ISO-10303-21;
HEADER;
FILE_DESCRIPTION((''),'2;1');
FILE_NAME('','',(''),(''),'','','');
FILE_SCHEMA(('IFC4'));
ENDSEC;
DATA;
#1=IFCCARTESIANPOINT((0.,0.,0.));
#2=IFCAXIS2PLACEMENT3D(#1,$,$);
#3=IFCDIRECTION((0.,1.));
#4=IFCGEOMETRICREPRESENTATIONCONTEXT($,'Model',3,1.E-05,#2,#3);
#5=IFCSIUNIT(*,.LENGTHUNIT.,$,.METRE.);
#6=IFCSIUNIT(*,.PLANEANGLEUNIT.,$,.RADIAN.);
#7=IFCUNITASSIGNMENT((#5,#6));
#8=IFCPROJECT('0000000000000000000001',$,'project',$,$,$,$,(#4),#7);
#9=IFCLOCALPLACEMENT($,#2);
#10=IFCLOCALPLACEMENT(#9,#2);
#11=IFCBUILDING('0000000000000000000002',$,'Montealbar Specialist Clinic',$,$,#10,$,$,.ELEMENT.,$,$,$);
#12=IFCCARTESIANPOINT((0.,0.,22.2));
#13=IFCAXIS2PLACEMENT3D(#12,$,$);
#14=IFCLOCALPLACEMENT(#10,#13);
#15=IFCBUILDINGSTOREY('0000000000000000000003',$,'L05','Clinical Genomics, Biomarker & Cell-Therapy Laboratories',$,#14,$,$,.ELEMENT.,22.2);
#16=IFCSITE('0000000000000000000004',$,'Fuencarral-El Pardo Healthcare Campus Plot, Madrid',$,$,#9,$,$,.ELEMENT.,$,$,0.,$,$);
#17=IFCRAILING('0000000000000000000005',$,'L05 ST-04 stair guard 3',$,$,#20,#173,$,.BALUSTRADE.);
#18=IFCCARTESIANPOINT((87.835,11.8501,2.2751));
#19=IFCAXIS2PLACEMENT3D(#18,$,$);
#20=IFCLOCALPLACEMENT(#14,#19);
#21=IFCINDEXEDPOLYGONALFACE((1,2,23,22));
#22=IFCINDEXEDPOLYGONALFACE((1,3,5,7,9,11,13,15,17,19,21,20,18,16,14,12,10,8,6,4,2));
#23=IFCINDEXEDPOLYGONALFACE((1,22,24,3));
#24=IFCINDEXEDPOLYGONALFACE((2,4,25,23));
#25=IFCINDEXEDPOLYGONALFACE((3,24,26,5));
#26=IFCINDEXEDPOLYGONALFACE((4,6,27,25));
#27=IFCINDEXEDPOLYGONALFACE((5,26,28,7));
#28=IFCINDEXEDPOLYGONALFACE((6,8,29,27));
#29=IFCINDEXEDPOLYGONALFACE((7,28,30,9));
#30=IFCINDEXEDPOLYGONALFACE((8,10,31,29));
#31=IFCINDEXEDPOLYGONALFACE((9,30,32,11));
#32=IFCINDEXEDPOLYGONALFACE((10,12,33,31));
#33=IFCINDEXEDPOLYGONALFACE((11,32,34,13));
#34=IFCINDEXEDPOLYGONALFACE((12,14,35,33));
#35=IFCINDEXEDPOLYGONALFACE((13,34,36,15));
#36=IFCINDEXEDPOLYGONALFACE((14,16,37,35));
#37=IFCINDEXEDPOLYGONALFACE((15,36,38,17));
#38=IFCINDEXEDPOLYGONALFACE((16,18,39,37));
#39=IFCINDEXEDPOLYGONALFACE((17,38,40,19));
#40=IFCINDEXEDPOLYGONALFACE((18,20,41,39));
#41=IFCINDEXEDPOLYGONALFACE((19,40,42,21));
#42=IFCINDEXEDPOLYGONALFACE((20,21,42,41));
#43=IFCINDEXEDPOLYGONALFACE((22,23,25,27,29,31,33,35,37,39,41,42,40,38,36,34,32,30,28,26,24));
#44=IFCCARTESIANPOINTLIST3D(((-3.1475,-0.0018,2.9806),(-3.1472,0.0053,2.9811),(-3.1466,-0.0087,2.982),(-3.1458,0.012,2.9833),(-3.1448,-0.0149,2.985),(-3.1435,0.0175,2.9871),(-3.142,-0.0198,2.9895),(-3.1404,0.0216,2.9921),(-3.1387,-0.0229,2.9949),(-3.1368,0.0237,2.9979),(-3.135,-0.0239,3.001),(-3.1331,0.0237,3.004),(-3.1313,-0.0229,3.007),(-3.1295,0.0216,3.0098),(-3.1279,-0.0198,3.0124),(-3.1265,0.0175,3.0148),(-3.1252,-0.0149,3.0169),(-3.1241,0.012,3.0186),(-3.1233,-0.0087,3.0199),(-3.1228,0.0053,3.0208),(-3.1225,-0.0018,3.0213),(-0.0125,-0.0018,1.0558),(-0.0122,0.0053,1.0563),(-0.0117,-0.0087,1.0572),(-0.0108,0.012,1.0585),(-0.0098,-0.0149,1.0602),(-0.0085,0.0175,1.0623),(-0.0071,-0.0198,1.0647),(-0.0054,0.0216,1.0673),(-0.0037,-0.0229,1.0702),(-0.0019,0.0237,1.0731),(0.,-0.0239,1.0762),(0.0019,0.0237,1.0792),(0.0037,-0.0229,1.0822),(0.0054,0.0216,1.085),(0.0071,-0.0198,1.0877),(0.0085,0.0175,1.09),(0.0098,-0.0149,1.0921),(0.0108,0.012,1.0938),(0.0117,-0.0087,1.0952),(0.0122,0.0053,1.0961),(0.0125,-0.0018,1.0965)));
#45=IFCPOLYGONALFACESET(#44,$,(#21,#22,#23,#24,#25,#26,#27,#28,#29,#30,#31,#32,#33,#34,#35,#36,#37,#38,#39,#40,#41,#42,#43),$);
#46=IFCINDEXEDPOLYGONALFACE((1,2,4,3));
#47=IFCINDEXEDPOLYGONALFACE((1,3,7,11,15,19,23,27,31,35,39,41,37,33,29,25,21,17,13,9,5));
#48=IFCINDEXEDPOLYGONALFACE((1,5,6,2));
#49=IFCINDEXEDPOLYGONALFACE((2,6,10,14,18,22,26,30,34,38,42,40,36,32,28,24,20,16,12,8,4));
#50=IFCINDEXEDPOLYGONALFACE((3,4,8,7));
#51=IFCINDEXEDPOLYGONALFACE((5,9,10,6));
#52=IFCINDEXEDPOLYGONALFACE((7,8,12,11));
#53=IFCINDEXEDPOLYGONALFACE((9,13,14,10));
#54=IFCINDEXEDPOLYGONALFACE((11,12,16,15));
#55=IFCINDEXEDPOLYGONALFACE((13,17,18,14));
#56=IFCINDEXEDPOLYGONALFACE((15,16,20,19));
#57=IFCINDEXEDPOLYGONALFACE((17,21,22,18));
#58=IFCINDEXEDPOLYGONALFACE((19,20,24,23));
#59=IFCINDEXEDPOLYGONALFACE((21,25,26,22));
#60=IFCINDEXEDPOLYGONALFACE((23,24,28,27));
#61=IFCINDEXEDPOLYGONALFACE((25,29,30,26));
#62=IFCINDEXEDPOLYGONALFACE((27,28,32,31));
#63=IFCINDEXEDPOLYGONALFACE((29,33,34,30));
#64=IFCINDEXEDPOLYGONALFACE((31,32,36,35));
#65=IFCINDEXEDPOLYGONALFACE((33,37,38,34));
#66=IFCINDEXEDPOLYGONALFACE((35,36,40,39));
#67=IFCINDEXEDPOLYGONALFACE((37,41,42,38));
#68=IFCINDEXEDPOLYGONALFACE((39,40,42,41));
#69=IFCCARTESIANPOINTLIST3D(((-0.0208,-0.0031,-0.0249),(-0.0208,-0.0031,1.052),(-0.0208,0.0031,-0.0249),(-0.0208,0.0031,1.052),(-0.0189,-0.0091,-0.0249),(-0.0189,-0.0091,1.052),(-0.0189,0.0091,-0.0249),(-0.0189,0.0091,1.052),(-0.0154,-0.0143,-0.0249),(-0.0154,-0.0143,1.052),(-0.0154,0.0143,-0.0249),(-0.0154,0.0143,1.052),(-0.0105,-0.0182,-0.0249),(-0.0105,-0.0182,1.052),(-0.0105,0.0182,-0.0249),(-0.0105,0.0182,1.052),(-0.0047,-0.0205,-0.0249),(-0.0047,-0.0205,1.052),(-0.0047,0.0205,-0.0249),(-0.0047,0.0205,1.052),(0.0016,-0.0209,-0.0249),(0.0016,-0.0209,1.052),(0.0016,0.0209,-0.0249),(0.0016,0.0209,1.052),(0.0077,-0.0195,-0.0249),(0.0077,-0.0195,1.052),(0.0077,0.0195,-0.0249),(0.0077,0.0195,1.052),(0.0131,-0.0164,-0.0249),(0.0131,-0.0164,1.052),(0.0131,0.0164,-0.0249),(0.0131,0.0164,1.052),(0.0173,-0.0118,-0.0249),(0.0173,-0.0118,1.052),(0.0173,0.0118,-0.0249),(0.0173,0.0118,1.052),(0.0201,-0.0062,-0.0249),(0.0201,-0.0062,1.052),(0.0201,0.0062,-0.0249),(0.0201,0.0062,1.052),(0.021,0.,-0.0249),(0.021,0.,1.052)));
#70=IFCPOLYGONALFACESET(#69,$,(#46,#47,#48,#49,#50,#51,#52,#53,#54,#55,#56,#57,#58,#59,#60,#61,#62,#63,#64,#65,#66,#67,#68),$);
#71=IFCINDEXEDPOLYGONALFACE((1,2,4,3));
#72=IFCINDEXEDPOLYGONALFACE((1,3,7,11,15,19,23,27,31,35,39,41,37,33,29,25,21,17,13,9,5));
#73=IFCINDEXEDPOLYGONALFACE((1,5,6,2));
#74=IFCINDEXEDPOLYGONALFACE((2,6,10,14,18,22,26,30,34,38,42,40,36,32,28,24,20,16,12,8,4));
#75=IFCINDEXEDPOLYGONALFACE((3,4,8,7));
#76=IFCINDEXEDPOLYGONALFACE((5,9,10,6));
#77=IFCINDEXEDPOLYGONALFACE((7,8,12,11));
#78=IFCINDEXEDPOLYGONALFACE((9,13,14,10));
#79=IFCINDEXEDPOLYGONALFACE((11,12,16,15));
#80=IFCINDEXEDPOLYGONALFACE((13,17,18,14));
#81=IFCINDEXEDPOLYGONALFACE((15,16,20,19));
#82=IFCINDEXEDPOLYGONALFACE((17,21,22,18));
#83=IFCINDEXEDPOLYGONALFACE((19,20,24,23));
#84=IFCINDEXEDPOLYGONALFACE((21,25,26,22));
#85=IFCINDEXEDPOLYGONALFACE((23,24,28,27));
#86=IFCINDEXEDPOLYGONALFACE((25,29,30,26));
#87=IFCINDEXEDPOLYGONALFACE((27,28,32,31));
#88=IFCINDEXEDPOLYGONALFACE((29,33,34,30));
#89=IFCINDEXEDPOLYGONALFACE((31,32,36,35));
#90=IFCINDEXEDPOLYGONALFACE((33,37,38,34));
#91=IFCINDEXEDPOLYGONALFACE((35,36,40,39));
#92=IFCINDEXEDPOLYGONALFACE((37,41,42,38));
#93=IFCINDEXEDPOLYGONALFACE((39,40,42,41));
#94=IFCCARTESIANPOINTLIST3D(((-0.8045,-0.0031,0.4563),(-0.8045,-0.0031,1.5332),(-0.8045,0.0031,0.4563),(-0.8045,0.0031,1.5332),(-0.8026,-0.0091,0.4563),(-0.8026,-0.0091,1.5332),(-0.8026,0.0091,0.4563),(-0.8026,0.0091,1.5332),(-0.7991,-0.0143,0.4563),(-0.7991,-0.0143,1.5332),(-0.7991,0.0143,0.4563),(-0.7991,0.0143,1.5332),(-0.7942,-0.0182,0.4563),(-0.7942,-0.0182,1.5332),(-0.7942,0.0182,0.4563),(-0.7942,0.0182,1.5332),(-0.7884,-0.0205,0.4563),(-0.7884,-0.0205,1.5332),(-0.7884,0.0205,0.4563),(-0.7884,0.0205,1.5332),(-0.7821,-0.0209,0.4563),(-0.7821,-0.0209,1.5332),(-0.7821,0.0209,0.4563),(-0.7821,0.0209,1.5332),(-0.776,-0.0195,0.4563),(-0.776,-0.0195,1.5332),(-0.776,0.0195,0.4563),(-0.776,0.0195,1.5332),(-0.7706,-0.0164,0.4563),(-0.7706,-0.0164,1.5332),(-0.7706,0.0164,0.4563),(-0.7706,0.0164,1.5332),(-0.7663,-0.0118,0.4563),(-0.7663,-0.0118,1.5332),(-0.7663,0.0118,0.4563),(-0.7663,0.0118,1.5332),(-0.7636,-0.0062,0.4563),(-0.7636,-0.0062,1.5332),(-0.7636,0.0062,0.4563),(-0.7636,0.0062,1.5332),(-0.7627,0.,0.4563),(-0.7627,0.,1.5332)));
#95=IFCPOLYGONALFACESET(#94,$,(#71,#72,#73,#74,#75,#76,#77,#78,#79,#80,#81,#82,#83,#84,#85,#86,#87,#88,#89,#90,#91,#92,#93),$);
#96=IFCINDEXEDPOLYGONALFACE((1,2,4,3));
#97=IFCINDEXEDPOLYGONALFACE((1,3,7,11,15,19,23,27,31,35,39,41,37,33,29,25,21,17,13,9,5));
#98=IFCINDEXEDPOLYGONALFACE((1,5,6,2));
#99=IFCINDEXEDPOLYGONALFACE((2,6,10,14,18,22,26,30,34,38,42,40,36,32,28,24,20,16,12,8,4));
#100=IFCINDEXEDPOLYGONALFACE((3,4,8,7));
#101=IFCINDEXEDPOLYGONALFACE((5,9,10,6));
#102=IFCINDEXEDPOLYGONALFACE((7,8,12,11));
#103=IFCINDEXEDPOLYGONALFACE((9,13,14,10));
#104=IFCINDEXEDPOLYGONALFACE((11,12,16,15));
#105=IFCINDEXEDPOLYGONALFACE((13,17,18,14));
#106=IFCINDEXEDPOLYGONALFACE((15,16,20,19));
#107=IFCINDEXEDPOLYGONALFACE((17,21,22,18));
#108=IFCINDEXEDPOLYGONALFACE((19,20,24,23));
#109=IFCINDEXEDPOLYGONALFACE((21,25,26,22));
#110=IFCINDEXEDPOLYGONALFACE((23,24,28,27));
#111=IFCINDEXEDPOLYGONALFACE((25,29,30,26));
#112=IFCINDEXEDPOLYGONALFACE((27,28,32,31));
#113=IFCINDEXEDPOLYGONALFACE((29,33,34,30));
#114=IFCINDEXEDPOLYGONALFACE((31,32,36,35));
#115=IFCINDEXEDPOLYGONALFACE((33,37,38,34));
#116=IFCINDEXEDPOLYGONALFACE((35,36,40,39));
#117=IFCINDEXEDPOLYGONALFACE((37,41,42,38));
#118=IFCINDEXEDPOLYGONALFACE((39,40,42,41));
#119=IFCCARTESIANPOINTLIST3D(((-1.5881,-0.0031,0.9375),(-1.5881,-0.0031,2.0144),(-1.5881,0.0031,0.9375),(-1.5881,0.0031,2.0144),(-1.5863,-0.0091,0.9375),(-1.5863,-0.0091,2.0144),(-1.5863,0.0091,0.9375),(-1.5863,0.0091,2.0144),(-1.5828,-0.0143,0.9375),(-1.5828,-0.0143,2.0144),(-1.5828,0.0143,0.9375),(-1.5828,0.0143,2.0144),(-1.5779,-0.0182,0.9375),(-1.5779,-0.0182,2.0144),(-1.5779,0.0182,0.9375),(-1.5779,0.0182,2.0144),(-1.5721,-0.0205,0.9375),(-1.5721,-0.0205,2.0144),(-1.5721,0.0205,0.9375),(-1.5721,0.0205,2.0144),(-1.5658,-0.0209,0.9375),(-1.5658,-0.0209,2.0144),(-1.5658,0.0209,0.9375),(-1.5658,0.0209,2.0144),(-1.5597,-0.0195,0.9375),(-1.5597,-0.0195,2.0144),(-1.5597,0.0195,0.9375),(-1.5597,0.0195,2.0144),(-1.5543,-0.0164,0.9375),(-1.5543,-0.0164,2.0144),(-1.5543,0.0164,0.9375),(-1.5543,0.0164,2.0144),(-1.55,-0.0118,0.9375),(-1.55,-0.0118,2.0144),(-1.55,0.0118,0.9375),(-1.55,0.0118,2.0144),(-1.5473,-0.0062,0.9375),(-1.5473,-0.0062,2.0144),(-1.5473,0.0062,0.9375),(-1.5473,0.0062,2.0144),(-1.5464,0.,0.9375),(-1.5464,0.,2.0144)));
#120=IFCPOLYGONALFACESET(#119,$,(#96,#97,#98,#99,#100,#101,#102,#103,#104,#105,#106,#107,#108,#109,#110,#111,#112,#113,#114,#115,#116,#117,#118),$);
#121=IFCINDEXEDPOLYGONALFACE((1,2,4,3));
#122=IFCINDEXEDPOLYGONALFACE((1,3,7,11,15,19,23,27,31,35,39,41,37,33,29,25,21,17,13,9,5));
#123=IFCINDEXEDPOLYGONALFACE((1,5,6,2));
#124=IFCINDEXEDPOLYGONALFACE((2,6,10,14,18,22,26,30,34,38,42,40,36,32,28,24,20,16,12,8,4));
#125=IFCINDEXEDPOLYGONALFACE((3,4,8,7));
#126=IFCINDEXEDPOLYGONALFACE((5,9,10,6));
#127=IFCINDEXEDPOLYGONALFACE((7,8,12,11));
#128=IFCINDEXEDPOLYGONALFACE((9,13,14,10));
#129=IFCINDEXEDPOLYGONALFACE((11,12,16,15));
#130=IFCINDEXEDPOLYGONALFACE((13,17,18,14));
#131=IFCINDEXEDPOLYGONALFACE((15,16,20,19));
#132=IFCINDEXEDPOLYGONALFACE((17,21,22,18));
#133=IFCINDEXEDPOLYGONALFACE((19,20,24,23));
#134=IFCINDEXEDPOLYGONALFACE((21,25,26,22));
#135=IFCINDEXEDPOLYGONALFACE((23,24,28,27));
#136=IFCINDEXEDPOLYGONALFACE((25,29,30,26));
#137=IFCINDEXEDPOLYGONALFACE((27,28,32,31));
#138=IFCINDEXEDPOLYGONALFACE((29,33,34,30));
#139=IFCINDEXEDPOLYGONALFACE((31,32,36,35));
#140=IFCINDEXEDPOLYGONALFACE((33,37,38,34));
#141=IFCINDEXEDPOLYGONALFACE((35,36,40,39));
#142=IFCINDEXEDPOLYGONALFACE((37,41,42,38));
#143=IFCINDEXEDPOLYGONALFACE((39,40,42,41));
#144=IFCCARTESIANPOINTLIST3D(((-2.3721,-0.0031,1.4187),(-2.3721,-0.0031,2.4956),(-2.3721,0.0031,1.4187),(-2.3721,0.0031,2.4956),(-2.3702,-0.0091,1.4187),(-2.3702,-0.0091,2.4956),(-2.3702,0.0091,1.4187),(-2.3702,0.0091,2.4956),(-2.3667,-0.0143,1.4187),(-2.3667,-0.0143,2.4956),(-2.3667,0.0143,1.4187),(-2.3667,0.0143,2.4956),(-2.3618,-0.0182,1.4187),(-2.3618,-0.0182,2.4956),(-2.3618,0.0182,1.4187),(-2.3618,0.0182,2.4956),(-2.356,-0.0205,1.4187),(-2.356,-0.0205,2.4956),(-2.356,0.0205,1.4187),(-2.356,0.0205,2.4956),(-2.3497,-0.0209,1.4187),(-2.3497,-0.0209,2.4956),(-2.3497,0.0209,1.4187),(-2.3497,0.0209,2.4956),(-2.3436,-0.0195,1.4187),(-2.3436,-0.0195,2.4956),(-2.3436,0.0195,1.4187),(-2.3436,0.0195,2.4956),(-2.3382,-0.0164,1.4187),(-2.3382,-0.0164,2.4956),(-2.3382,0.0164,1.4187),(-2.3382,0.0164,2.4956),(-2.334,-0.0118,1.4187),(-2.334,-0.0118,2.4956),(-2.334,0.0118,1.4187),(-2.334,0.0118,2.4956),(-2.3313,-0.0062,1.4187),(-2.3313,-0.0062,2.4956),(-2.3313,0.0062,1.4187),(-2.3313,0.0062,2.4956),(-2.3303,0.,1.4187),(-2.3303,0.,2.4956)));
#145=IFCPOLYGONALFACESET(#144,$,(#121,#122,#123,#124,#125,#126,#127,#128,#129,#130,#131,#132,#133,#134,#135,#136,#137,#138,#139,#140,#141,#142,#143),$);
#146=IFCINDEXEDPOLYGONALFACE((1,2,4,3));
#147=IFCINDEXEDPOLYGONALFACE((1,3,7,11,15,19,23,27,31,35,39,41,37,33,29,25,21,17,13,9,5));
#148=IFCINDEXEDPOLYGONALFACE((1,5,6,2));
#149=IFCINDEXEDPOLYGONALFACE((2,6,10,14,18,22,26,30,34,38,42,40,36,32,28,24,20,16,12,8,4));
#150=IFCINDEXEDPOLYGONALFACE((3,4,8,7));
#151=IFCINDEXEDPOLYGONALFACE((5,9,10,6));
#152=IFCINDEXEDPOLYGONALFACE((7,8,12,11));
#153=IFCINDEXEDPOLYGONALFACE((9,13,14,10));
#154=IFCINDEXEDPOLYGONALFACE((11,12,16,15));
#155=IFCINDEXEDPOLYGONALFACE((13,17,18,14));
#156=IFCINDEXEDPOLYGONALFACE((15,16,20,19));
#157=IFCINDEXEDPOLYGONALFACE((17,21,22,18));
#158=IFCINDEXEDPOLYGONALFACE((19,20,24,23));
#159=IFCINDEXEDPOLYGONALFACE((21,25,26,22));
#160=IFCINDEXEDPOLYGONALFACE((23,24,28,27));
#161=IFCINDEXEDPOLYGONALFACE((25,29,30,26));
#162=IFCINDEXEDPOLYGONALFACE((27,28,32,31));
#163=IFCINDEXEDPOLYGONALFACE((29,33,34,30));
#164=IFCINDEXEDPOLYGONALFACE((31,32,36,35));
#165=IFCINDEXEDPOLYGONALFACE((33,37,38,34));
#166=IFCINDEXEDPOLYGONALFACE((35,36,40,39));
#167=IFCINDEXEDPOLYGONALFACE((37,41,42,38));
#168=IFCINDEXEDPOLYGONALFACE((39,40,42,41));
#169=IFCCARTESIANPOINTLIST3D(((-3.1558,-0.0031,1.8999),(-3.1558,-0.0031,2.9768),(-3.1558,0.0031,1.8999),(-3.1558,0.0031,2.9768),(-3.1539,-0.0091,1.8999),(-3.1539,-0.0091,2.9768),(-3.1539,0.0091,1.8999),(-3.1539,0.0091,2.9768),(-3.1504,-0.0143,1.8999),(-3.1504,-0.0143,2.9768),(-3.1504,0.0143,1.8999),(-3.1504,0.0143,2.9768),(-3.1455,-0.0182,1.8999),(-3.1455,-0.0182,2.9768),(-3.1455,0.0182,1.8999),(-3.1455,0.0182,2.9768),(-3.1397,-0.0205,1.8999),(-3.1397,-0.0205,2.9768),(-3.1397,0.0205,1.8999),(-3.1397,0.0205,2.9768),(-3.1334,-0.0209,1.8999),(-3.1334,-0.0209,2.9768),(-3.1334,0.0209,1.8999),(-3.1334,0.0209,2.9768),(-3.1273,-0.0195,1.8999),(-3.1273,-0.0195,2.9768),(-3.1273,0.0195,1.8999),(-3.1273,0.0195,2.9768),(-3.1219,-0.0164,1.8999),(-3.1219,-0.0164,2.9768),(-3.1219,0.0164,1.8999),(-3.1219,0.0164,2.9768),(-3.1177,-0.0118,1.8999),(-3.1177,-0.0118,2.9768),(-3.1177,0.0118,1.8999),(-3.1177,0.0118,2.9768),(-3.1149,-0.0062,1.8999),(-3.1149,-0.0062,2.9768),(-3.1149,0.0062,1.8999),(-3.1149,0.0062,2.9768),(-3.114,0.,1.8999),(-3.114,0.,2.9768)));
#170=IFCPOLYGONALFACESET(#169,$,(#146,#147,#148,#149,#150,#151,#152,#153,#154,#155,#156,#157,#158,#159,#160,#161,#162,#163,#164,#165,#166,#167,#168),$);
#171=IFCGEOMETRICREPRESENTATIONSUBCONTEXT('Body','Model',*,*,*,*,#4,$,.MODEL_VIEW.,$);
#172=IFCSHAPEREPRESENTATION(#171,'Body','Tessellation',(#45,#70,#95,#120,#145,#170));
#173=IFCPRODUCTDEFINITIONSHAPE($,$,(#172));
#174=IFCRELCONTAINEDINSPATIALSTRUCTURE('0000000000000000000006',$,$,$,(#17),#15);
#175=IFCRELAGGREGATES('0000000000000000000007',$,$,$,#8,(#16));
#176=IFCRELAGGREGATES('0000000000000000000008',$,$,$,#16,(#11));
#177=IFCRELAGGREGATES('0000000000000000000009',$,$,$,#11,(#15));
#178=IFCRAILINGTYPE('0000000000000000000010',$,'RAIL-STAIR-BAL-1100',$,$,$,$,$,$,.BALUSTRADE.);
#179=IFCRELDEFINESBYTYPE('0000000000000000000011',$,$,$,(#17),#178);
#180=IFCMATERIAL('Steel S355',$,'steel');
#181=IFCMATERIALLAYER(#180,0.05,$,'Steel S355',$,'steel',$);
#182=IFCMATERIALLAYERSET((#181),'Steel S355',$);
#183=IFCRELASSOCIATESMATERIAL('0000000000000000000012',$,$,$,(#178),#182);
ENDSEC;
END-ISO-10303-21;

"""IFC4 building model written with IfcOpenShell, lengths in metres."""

from ifc_helpers import new_model, si_unit, direction, frame, origin, origin_2d, place, context, subcontext, project, spatial, circle, extrude, material, layer, layer_set, type_object, element, save


model = new_model("IFC4")

# Units and contexts
model_context = context("Model", 3, precision=1e-05, world=origin(), true_north=direction((0.0, 1.0)))
body_context = subcontext(model_context, "Body", "Model", "MODEL_VIEW")
ifc_project = project(units=[si_unit("LENGTHUNIT", "METRE"), si_unit("PLANEANGLEUNIT", "RADIAN")], contexts=[model_context])

# Site, building, storey
site_placement = place(None, origin())
site = spatial("IfcSite", under=ifc_project, at=site_placement, Name="Fuencarral-El Pardo Healthcare Campus Plot, Madrid", CompositionType="ELEMENT", RefElevation=0.0)
building_placement = place(site_placement, origin())
building = spatial("IfcBuilding", under=site, at=building_placement, Name="Montealbar Specialist Clinic", CompositionType="ELEMENT")
storey_placement = place(building_placement, frame((0.0, 0.0, 22.2)))
storey = spatial("IfcBuildingStorey", under=building, at=storey_placement, Name="L05", Description="Clinical Genomics, Biomarker & Cell-Therapy Laboratories", CompositionType="ELEMENT", Elevation=22.2)

# Shared definitions
ifc_material_1 = material(Name="Steel S355", Category="steel")

# Railing
ifc_layer_1 = layer(ifc_material_1, 0.05, Name="Steel S355", Category="steel")
ifc_layer_set_1 = layer_set([ifc_layer_1], Name="Steel S355")
railing_type_1 = type_object("IfcRailingType", Name="RAIL-STAIR-BAL-1100", PredefinedType="BALUSTRADE", material=ifc_layer_set_1)
railing_1_placement = place(storey_placement, frame((87.835, 11.8501, 2.2751)))
element("IfcRailing", 1, at=railing_1_placement, inside=storey, type_object=railing_type_1, Name="L05 ST-04 stair guard 3", PredefinedType="BALUSTRADE", context=body_context, shape_type="SweptSolid", body=[
    extrude(circle(Radius=0.0239, at=origin_2d()), frame((0.0, 0.0, 1.0762), z_axis=(-0.852196, 0.0, 0.523223), x_axis=(0.0, -1.0, 0.0)), (0.0, 0.0, 1.0), 3.6787),
    extrude(circle(Radius=0.021, at=origin_2d()), frame((0.0, 0.0, -0.0249)), (0.0, 0.0, 1.0), 1.0769),
    extrude(circle(Radius=0.021, at=origin_2d()), frame((-0.7837, 0.0, 0.4563)), (0.0, 0.0, 1.0), 1.0769),
    extrude(circle(Radius=0.021, at=origin_2d()), frame((-1.5674, 0.0, 0.9375)), (0.0, 0.0, 1.0), 1.0769),
    extrude(circle(Radius=0.021, at=origin_2d()), frame((-2.3513, 0.0, 1.4187)), (0.0, 0.0, 1.0), 1.0769),
    extrude(circle(Radius=0.021, at=origin_2d()), frame((-3.135, 0.0, 1.8999)), (0.0, 0.0, 1.0), 1.0769),
])

save(model, "model.ifc")
